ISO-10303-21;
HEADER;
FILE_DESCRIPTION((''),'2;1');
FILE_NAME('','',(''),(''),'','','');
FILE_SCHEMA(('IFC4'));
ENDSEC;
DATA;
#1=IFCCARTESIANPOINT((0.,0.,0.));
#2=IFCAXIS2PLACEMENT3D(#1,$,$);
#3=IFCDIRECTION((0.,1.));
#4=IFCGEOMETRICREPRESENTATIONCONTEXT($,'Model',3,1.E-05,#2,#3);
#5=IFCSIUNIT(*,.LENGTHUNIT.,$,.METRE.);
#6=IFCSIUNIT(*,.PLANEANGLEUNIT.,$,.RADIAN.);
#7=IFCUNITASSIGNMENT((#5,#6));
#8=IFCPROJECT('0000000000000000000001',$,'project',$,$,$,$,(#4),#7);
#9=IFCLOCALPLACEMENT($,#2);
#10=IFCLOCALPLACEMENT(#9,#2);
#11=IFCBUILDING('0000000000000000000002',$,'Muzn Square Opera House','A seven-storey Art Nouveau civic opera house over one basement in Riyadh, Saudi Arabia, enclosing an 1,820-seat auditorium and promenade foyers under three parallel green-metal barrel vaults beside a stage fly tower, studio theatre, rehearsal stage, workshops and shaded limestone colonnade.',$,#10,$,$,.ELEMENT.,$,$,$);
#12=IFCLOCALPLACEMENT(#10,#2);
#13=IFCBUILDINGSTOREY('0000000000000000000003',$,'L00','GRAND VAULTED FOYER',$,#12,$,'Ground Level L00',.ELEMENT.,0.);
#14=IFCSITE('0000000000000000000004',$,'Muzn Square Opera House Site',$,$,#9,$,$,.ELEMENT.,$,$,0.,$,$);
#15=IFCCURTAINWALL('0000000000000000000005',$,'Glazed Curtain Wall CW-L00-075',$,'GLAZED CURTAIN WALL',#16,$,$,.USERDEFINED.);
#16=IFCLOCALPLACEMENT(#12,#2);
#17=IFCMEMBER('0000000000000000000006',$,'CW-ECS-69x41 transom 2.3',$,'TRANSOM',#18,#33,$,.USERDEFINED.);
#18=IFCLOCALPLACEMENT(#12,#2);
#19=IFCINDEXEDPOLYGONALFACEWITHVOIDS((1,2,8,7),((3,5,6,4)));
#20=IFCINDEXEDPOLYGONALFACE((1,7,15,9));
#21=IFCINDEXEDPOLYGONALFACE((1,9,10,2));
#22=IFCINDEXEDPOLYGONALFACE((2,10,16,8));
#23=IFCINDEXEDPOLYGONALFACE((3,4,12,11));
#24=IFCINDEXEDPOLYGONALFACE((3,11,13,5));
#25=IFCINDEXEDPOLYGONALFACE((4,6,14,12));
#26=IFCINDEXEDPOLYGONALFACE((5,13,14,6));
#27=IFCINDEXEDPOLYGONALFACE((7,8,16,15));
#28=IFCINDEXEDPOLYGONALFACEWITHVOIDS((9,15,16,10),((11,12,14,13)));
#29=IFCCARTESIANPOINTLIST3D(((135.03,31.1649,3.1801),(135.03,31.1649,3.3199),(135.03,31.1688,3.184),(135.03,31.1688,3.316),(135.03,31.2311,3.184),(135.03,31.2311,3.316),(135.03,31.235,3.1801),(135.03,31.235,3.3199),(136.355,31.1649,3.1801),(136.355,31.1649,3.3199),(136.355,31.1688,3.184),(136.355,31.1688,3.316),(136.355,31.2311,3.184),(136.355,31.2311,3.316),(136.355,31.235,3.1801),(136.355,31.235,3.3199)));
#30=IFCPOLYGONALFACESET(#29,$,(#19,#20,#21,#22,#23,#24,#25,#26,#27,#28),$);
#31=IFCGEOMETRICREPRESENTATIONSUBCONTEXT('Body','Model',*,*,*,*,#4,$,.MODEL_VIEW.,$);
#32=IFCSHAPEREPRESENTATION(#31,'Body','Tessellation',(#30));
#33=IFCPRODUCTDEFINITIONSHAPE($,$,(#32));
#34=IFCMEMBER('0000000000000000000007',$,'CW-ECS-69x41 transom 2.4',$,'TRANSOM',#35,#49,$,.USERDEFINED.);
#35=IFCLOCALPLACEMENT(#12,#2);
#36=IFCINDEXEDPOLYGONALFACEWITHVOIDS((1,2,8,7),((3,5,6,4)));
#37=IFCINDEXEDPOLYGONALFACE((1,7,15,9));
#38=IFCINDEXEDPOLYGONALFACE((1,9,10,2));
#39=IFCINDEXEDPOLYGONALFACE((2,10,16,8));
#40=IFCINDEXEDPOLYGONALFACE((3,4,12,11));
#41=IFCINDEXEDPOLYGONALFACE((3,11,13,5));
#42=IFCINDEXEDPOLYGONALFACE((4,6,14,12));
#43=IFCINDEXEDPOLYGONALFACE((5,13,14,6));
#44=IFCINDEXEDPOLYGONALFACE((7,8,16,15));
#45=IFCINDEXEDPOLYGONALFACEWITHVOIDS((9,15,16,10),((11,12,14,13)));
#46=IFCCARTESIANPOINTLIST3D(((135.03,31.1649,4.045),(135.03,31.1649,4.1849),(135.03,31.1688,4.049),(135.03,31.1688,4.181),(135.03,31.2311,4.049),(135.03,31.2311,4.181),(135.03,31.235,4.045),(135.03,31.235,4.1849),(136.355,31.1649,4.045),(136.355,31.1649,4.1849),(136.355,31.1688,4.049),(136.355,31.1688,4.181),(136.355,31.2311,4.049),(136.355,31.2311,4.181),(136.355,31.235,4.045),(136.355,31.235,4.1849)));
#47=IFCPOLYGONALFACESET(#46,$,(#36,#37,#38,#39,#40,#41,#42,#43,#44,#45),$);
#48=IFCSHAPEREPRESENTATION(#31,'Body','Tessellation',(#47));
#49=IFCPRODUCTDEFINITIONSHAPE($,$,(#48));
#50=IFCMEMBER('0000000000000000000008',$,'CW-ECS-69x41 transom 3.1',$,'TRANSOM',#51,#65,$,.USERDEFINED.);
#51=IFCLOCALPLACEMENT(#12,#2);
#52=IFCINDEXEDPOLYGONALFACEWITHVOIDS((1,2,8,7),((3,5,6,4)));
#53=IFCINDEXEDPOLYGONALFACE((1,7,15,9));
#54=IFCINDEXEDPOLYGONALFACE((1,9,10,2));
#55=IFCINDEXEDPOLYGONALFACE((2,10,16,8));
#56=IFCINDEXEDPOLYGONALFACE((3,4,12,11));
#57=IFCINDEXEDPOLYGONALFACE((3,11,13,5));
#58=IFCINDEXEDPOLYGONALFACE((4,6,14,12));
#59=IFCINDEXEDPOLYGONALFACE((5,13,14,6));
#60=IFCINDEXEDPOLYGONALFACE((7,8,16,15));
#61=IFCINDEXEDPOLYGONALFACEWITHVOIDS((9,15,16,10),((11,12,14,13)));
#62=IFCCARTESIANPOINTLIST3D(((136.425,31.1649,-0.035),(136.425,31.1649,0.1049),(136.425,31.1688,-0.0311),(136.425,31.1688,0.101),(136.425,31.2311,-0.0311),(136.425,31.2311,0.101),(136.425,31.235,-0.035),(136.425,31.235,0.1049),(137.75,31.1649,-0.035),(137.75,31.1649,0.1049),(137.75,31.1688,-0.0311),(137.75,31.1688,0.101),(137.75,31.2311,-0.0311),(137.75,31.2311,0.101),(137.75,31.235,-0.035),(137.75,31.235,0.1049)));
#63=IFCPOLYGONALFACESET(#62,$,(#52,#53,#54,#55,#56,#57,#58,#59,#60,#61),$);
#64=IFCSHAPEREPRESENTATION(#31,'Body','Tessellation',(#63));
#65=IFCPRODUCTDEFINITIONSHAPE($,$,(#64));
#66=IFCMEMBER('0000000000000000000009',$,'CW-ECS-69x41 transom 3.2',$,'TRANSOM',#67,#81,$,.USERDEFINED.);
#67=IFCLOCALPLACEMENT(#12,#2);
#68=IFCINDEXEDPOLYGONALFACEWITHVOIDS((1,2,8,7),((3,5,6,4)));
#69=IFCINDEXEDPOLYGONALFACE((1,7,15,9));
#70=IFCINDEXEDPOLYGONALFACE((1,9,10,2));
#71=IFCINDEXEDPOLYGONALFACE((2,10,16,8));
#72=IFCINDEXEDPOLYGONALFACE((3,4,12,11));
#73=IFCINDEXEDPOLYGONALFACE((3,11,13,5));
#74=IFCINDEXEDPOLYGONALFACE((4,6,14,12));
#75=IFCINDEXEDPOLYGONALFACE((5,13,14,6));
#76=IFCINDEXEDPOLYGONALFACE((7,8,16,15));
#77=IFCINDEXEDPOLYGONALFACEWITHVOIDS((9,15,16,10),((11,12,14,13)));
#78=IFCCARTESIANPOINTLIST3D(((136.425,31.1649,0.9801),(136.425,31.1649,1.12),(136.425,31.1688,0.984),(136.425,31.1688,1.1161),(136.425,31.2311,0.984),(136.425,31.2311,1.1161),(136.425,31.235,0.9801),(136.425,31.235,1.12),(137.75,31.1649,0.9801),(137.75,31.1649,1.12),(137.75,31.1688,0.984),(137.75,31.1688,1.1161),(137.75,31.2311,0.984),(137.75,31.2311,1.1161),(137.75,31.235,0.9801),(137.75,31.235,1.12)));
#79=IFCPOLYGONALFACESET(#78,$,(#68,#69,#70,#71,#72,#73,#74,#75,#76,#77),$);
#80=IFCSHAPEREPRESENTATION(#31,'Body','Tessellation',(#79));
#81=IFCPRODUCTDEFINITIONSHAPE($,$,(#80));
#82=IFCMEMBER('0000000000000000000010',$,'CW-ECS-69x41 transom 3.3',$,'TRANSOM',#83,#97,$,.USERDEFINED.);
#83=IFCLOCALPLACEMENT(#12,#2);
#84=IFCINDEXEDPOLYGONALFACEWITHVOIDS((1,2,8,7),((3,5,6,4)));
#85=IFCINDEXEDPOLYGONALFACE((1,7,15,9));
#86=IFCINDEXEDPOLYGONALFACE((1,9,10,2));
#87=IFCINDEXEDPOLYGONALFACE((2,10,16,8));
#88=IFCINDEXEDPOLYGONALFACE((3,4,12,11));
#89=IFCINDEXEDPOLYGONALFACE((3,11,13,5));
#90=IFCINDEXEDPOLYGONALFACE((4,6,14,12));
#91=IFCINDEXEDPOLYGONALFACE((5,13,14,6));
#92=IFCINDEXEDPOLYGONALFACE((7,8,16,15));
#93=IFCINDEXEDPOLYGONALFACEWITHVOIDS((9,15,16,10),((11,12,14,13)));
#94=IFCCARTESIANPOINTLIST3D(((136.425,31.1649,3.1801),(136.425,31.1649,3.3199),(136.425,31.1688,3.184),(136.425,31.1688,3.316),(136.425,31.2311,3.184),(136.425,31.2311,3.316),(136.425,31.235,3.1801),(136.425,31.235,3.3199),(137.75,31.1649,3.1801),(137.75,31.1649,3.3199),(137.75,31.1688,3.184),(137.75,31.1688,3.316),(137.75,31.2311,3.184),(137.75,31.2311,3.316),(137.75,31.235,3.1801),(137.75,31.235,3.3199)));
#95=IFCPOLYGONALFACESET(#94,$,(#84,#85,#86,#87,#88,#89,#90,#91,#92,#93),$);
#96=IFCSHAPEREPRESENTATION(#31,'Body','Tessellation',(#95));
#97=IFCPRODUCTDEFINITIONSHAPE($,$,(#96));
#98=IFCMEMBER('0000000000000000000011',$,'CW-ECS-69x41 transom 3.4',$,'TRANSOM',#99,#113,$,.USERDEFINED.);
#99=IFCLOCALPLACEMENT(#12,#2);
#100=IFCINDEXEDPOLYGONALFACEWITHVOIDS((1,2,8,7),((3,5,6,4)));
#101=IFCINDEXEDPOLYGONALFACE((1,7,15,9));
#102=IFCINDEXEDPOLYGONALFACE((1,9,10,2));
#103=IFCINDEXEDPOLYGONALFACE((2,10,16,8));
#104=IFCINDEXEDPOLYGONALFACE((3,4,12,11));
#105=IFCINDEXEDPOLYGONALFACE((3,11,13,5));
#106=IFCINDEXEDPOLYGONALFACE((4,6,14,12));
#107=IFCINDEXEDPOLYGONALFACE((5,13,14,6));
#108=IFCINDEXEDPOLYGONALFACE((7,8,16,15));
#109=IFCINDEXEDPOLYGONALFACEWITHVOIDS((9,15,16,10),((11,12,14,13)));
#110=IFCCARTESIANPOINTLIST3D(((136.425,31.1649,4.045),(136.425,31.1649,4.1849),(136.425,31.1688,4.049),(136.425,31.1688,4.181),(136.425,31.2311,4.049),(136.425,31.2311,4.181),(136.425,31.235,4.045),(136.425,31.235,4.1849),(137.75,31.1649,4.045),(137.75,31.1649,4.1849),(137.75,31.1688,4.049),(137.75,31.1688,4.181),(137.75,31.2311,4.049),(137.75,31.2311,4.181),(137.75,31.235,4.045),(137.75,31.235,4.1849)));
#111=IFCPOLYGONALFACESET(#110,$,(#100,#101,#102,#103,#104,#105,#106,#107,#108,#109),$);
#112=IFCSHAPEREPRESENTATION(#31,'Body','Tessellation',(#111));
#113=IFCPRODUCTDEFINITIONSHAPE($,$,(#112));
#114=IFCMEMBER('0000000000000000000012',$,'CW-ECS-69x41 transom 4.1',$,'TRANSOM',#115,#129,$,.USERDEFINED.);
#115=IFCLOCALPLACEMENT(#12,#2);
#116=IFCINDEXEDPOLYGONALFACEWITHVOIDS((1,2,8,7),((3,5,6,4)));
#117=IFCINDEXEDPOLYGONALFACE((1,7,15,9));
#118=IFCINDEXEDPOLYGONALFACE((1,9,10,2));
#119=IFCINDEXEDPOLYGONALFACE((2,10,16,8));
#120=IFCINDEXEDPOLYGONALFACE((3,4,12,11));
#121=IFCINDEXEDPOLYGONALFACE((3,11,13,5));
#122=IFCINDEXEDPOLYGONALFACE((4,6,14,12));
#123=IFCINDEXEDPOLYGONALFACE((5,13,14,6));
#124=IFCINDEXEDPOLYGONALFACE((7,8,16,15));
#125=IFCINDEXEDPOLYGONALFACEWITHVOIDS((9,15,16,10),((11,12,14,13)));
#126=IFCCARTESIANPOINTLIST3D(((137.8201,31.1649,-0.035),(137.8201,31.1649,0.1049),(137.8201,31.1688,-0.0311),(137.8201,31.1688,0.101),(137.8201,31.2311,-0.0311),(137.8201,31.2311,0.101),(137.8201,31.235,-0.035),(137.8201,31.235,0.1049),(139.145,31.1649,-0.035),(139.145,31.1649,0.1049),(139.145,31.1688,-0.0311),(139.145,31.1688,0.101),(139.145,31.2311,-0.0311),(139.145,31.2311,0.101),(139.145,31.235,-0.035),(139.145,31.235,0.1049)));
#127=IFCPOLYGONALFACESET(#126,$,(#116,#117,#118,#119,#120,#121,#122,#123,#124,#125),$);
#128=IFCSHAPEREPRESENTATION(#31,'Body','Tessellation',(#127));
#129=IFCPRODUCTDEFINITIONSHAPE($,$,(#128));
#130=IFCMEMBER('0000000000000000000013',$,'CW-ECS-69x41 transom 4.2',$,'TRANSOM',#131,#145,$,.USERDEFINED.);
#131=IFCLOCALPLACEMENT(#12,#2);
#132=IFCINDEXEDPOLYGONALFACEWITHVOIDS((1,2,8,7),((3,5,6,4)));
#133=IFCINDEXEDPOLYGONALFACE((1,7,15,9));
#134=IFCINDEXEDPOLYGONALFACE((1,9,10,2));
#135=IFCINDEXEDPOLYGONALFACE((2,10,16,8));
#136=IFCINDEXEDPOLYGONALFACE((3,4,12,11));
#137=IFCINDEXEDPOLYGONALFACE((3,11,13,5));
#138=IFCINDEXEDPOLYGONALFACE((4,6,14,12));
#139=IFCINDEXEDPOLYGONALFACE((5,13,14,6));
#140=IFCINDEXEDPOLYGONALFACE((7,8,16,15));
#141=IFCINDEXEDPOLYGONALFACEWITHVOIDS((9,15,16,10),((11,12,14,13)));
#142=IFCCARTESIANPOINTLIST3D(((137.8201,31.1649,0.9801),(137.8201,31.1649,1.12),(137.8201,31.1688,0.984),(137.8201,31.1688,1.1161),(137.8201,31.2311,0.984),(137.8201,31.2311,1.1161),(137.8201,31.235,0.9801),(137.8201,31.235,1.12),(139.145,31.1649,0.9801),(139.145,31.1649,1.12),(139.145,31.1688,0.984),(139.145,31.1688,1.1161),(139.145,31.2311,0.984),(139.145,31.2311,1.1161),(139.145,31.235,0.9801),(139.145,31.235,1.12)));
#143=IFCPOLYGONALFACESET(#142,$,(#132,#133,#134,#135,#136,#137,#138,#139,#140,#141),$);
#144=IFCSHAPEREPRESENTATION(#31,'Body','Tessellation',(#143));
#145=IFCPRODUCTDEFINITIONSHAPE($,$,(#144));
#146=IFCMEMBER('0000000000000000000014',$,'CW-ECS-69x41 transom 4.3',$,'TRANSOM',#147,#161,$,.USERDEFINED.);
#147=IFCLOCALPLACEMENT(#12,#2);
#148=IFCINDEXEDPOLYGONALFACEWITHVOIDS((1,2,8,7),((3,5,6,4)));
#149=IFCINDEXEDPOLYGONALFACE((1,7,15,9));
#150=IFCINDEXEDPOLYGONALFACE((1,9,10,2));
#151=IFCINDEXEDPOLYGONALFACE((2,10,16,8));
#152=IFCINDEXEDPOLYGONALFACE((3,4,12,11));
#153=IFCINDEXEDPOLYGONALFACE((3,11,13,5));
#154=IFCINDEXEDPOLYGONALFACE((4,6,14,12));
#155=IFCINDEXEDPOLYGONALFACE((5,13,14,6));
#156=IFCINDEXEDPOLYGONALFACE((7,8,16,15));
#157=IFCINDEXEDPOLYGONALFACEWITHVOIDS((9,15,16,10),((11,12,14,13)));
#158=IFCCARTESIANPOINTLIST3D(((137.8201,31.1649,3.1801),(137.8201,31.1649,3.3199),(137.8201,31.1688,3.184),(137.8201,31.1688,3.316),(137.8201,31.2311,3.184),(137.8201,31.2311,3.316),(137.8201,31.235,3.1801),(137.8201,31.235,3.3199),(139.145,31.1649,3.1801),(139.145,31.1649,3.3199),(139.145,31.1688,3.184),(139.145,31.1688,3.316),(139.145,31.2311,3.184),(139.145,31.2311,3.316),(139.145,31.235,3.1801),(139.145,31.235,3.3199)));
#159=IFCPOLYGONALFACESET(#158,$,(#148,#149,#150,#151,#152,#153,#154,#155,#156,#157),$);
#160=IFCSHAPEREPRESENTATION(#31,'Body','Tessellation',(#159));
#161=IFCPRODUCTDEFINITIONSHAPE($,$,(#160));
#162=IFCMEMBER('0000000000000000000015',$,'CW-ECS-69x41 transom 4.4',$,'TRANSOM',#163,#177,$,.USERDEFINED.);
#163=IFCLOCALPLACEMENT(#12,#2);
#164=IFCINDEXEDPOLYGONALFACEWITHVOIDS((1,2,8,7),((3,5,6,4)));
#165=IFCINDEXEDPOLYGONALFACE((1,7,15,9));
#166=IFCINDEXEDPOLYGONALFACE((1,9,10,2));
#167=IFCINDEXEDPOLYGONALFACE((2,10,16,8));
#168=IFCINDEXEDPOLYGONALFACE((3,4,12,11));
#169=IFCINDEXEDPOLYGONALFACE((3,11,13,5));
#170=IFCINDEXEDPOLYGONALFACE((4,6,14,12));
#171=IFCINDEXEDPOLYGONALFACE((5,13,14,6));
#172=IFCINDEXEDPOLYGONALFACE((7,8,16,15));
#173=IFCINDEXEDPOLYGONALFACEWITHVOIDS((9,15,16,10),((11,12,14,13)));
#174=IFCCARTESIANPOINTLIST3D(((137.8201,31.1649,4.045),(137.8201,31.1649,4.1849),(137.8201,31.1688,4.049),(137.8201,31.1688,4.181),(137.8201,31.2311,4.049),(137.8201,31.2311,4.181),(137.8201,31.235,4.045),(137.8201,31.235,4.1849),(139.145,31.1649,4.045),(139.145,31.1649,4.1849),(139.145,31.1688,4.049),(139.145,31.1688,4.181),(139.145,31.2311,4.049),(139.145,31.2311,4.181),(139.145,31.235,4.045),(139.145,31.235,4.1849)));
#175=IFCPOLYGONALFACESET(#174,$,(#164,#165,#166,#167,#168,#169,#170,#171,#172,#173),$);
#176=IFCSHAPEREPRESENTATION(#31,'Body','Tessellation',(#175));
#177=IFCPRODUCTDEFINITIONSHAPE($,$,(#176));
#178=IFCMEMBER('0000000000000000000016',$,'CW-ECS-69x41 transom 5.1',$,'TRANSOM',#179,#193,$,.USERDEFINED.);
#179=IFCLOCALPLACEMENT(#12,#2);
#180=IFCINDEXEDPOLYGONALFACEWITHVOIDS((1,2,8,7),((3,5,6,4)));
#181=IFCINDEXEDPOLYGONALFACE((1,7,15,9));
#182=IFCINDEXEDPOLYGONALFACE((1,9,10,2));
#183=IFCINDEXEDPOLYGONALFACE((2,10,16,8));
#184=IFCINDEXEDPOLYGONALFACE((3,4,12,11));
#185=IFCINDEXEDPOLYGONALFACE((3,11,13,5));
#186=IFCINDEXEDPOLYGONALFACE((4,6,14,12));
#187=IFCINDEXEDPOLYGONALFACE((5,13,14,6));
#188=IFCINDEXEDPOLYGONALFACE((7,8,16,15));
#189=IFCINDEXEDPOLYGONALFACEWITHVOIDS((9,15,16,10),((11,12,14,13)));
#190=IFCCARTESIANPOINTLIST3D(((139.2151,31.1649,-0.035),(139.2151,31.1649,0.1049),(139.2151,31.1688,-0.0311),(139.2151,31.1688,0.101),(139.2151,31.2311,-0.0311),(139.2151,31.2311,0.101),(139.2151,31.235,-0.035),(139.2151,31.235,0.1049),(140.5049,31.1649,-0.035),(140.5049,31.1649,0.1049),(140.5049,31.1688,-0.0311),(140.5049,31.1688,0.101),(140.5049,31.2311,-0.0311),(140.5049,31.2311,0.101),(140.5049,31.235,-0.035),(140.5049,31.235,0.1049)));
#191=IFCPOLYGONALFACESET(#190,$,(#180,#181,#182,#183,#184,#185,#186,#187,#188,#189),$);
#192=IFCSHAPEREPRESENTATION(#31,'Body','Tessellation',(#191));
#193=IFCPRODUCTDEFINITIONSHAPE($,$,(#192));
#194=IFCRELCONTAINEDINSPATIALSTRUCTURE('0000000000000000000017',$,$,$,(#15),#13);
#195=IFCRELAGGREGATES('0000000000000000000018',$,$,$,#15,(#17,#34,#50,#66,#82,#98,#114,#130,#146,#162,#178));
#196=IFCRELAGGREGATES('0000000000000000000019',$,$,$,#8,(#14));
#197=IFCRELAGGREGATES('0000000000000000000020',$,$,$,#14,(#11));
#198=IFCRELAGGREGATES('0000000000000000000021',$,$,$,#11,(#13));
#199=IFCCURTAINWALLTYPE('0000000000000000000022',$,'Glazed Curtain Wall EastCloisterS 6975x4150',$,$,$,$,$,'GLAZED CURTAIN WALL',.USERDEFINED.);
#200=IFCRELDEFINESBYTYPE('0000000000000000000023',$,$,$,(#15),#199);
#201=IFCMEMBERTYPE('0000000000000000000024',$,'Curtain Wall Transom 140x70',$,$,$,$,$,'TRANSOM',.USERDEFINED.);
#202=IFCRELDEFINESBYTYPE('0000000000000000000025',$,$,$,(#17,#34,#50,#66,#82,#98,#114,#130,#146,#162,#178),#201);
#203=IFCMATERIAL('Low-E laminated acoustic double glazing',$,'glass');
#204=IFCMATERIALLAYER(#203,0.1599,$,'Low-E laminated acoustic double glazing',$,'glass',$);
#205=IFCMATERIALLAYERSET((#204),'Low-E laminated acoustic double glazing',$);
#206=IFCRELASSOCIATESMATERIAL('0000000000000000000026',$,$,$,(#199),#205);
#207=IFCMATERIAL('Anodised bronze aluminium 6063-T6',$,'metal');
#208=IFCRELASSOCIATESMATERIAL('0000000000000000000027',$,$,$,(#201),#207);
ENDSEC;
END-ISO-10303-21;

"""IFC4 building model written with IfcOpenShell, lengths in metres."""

from ifc_helpers import new_model, si_unit, direction, frame, origin, origin_2d, place, context, subcontext, project, spatial, hollow_rectangle, extrude, material, layer, layer_set, material_profile, profile_set, type_object, element, aggregate, save


model = new_model("IFC4")

# Units and contexts
model_context = context("Model", 3, precision=1e-05, world=origin(), true_north=direction((0.0, 1.0)))
body_context = subcontext(model_context, "Body", "Model", "MODEL_VIEW")
ifc_project = project(units=[si_unit("LENGTHUNIT", "METRE"), si_unit("PLANEANGLEUNIT", "RADIAN")], contexts=[model_context])

# Site, building, storey
site_placement = place(None, origin())
site = spatial("IfcSite", under=ifc_project, at=site_placement, Name="Muzn Square Opera House Site", CompositionType="ELEMENT", RefElevation=0.0)
building_placement = place(site_placement, origin())
building = spatial("IfcBuilding", under=site, at=building_placement, Name="Muzn Square Opera House", Description="A seven-storey Art Nouveau civic opera house over one basement in Riyadh, Saudi Arabia, enclosing an 1,820-seat auditorium and promenade foyers under three parallel green-metal barrel vaults beside a stage fly tower, studio theatre, rehearsal stage, workshops and shaded limestone colonnade.", CompositionType="ELEMENT")
storey_placement = place(building_placement, origin())
storey = spatial("IfcBuildingStorey", under=building, at=storey_placement, Name="L00", Description="GRAND VAULTED FOYER", LongName="Ground Level L00", CompositionType="ELEMENT", Elevation=0.0)

# Curtain wall, members
ifc_material_1 = material(Name="Low-E laminated acoustic double glazing", Category="glass")
ifc_layer_1 = layer(ifc_material_1, 0.1599, Name="Low-E laminated acoustic double glazing", Category="glass")
ifc_layer_set_1 = layer_set([ifc_layer_1], Name="Low-E laminated acoustic double glazing")
curtain_wall_type = type_object("IfcCurtainWallType", Name="Glazed Curtain Wall EastCloisterS 6975x4150", ElementType="GLAZED CURTAIN WALL", PredefinedType="USERDEFINED", material=ifc_layer_set_1)
curtain_wall_placement = place(storey_placement, origin())
curtain_wall = element("IfcCurtainWall", 1, at=curtain_wall_placement, inside=storey, type_object=curtain_wall_type, Name="Glazed Curtain Wall CW-L00-075", ObjectType="GLAZED CURTAIN WALL", PredefinedType="USERDEFINED")
ifc_material_2 = material(Name="Anodised bronze aluminium 6063-T6", Category="metal")
ifc_material_profile_1 = material_profile(ifc_material_2, hollow_rectangle(XDim=0.0701, YDim=0.1399, WallThickness=0.0039, at=origin_2d()), Name="ALU 140x70x4", Category="metal")
ifc_profile_set_1 = profile_set([ifc_material_profile_1], Name="Anodised bronze aluminium 6063-T6")
member_type_1 = type_object("IfcMemberType", Name="Curtain Wall Transom 140x70", ElementType="TRANSOM", PredefinedType="USERDEFINED", material=ifc_profile_set_1)
member_1_placement = place(storey_placement, frame((135.03, 31.2, 3.25), z_axis=(1.0, 0.0, 0.0), x_axis=(0.0, 1.0, 0.0)))
member_1 = element("IfcMember", 2, at=member_1_placement, type_object=member_type_1, Name="CW-ECS-69x41 transom 2.3", ObjectType="TRANSOM", PredefinedType="USERDEFINED", context=body_context, shape_type="SweptSolid", body=[
    extrude(hollow_rectangle(XDim=0.0701, YDim=0.1399, WallThickness=0.0039, at=origin_2d()), origin(), (0.0, 0.0, 1.0), 1.325),
])
member_2_placement = place(storey_placement, frame((135.03, 31.2, 4.115), z_axis=(1.0, 0.0, 0.0), x_axis=(0.0, 1.0, 0.0)))
member_2 = element("IfcMember", 3, at=member_2_placement, type_object=member_type_1, Name="CW-ECS-69x41 transom 2.4", ObjectType="TRANSOM", PredefinedType="USERDEFINED", context=body_context, shape_type="SweptSolid", body=[
    extrude(hollow_rectangle(XDim=0.0701, YDim=0.1399, WallThickness=0.0039, at=origin_2d()), origin(), (0.0, 0.0, 1.0), 1.325),
])
member_3_placement = place(storey_placement, frame((136.425, 31.2, 0.0349), z_axis=(1.0, 0.0, 0.0), x_axis=(0.0, 1.0, 0.0)))
member_3 = element("IfcMember", 4, at=member_3_placement, type_object=member_type_1, Name="CW-ECS-69x41 transom 3.1", ObjectType="TRANSOM", PredefinedType="USERDEFINED", context=body_context, shape_type="SweptSolid", body=[
    extrude(hollow_rectangle(XDim=0.0701, YDim=0.1399, WallThickness=0.0039, at=origin_2d()), origin(), (0.0, 0.0, 1.0), 1.325),
])
member_4_placement = place(storey_placement, frame((136.425, 31.2, 1.05), z_axis=(1.0, 0.0, 0.0), x_axis=(0.0, 1.0, 0.0)))
member_4 = element("IfcMember", 5, at=member_4_placement, type_object=member_type_1, Name="CW-ECS-69x41 transom 3.2", ObjectType="TRANSOM", PredefinedType="USERDEFINED", context=body_context, shape_type="SweptSolid", body=[
    extrude(hollow_rectangle(XDim=0.0701, YDim=0.1399, WallThickness=0.0039, at=origin_2d()), origin(), (0.0, 0.0, 1.0), 1.325),
])
member_5_placement = place(storey_placement, frame((136.425, 31.2, 3.25), z_axis=(1.0, 0.0, 0.0), x_axis=(0.0, 1.0, 0.0)))
member_5 = element("IfcMember", 6, at=member_5_placement, type_object=member_type_1, Name="CW-ECS-69x41 transom 3.3", ObjectType="TRANSOM", PredefinedType="USERDEFINED", context=body_context, shape_type="SweptSolid", body=[
    extrude(hollow_rectangle(XDim=0.0701, YDim=0.1399, WallThickness=0.0039, at=origin_2d()), origin(), (0.0, 0.0, 1.0), 1.325),
])
member_6_placement = place(storey_placement, frame((136.425, 31.2, 4.115), z_axis=(1.0, 0.0, 0.0), x_axis=(0.0, 1.0, 0.0)))
member_6 = element("IfcMember", 7, at=member_6_placement, type_object=member_type_1, Name="CW-ECS-69x41 transom 3.4", ObjectType="TRANSOM", PredefinedType="USERDEFINED", context=body_context, shape_type="SweptSolid", body=[
    extrude(hollow_rectangle(XDim=0.0701, YDim=0.1399, WallThickness=0.0039, at=origin_2d()), origin(), (0.0, 0.0, 1.0), 1.325),
])
member_7_placement = place(storey_placement, frame((137.8201, 31.2, 0.0349), z_axis=(1.0, 0.0, 0.0), x_axis=(0.0, 1.0, 0.0)))
member_7 = element("IfcMember", 8, at=member_7_placement, type_object=member_type_1, Name="CW-ECS-69x41 transom 4.1", ObjectType="TRANSOM", PredefinedType="USERDEFINED", context=body_context, shape_type="SweptSolid", body=[
    extrude(hollow_rectangle(XDim=0.0701, YDim=0.1399, WallThickness=0.0039, at=origin_2d()), origin(), (0.0, 0.0, 1.0), 1.325),
])
member_8_placement = place(storey_placement, frame((137.8201, 31.2, 1.05), z_axis=(1.0, 0.0, 0.0), x_axis=(0.0, 1.0, 0.0)))
member_8 = element("IfcMember", 9, at=member_8_placement, type_object=member_type_1, Name="CW-ECS-69x41 transom 4.2", ObjectType="TRANSOM", PredefinedType="USERDEFINED", context=body_context, shape_type="SweptSolid", body=[
    extrude(hollow_rectangle(XDim=0.0701, YDim=0.1399, WallThickness=0.0039, at=origin_2d()), origin(), (0.0, 0.0, 1.0), 1.325),
])
member_9_placement = place(storey_placement, frame((137.8201, 31.2, 3.25), z_axis=(1.0, 0.0, 0.0), x_axis=(0.0, 1.0, 0.0)))
member_9 = element("IfcMember", 10, at=member_9_placement, type_object=member_type_1, Name="CW-ECS-69x41 transom 4.3", ObjectType="TRANSOM", PredefinedType="USERDEFINED", context=body_context, shape_type="SweptSolid", body=[
    extrude(hollow_rectangle(XDim=0.0701, YDim=0.1399, WallThickness=0.0039, at=origin_2d()), origin(), (0.0, 0.0, 1.0), 1.325),
])
member_10_placement = place(storey_placement, frame((137.8201, 31.2, 4.115), z_axis=(1.0, 0.0, 0.0), x_axis=(0.0, 1.0, 0.0)))
member_10 = element("IfcMember", 11, at=member_10_placement, type_object=member_type_1, Name="CW-ECS-69x41 transom 4.4", ObjectType="TRANSOM", PredefinedType="USERDEFINED", context=body_context, shape_type="SweptSolid", body=[
    extrude(hollow_rectangle(XDim=0.0701, YDim=0.1399, WallThickness=0.0039, at=origin_2d()), origin(), (0.0, 0.0, 1.0), 1.325),
])
member_11_placement = place(storey_placement, frame((139.2151, 31.2, 0.0349), z_axis=(1.0, 0.0, 0.0), x_axis=(0.0, 1.0, 0.0)))
member_11 = element("IfcMember", 12, at=member_11_placement, type_object=member_type_1, Name="CW-ECS-69x41 transom 5.1", ObjectType="TRANSOM", PredefinedType="USERDEFINED", context=body_context, shape_type="SweptSolid", body=[
    extrude(hollow_rectangle(XDim=0.0701, YDim=0.1399, WallThickness=0.0039, at=origin_2d()), origin(), (0.0, 0.0, 1.0), 1.2898),
])

aggregate(curtain_wall, [member_1, member_2, member_3, member_4, member_5, member_6, member_7, member_8, member_9, member_10, member_11])

save(model, "model.ifc")
